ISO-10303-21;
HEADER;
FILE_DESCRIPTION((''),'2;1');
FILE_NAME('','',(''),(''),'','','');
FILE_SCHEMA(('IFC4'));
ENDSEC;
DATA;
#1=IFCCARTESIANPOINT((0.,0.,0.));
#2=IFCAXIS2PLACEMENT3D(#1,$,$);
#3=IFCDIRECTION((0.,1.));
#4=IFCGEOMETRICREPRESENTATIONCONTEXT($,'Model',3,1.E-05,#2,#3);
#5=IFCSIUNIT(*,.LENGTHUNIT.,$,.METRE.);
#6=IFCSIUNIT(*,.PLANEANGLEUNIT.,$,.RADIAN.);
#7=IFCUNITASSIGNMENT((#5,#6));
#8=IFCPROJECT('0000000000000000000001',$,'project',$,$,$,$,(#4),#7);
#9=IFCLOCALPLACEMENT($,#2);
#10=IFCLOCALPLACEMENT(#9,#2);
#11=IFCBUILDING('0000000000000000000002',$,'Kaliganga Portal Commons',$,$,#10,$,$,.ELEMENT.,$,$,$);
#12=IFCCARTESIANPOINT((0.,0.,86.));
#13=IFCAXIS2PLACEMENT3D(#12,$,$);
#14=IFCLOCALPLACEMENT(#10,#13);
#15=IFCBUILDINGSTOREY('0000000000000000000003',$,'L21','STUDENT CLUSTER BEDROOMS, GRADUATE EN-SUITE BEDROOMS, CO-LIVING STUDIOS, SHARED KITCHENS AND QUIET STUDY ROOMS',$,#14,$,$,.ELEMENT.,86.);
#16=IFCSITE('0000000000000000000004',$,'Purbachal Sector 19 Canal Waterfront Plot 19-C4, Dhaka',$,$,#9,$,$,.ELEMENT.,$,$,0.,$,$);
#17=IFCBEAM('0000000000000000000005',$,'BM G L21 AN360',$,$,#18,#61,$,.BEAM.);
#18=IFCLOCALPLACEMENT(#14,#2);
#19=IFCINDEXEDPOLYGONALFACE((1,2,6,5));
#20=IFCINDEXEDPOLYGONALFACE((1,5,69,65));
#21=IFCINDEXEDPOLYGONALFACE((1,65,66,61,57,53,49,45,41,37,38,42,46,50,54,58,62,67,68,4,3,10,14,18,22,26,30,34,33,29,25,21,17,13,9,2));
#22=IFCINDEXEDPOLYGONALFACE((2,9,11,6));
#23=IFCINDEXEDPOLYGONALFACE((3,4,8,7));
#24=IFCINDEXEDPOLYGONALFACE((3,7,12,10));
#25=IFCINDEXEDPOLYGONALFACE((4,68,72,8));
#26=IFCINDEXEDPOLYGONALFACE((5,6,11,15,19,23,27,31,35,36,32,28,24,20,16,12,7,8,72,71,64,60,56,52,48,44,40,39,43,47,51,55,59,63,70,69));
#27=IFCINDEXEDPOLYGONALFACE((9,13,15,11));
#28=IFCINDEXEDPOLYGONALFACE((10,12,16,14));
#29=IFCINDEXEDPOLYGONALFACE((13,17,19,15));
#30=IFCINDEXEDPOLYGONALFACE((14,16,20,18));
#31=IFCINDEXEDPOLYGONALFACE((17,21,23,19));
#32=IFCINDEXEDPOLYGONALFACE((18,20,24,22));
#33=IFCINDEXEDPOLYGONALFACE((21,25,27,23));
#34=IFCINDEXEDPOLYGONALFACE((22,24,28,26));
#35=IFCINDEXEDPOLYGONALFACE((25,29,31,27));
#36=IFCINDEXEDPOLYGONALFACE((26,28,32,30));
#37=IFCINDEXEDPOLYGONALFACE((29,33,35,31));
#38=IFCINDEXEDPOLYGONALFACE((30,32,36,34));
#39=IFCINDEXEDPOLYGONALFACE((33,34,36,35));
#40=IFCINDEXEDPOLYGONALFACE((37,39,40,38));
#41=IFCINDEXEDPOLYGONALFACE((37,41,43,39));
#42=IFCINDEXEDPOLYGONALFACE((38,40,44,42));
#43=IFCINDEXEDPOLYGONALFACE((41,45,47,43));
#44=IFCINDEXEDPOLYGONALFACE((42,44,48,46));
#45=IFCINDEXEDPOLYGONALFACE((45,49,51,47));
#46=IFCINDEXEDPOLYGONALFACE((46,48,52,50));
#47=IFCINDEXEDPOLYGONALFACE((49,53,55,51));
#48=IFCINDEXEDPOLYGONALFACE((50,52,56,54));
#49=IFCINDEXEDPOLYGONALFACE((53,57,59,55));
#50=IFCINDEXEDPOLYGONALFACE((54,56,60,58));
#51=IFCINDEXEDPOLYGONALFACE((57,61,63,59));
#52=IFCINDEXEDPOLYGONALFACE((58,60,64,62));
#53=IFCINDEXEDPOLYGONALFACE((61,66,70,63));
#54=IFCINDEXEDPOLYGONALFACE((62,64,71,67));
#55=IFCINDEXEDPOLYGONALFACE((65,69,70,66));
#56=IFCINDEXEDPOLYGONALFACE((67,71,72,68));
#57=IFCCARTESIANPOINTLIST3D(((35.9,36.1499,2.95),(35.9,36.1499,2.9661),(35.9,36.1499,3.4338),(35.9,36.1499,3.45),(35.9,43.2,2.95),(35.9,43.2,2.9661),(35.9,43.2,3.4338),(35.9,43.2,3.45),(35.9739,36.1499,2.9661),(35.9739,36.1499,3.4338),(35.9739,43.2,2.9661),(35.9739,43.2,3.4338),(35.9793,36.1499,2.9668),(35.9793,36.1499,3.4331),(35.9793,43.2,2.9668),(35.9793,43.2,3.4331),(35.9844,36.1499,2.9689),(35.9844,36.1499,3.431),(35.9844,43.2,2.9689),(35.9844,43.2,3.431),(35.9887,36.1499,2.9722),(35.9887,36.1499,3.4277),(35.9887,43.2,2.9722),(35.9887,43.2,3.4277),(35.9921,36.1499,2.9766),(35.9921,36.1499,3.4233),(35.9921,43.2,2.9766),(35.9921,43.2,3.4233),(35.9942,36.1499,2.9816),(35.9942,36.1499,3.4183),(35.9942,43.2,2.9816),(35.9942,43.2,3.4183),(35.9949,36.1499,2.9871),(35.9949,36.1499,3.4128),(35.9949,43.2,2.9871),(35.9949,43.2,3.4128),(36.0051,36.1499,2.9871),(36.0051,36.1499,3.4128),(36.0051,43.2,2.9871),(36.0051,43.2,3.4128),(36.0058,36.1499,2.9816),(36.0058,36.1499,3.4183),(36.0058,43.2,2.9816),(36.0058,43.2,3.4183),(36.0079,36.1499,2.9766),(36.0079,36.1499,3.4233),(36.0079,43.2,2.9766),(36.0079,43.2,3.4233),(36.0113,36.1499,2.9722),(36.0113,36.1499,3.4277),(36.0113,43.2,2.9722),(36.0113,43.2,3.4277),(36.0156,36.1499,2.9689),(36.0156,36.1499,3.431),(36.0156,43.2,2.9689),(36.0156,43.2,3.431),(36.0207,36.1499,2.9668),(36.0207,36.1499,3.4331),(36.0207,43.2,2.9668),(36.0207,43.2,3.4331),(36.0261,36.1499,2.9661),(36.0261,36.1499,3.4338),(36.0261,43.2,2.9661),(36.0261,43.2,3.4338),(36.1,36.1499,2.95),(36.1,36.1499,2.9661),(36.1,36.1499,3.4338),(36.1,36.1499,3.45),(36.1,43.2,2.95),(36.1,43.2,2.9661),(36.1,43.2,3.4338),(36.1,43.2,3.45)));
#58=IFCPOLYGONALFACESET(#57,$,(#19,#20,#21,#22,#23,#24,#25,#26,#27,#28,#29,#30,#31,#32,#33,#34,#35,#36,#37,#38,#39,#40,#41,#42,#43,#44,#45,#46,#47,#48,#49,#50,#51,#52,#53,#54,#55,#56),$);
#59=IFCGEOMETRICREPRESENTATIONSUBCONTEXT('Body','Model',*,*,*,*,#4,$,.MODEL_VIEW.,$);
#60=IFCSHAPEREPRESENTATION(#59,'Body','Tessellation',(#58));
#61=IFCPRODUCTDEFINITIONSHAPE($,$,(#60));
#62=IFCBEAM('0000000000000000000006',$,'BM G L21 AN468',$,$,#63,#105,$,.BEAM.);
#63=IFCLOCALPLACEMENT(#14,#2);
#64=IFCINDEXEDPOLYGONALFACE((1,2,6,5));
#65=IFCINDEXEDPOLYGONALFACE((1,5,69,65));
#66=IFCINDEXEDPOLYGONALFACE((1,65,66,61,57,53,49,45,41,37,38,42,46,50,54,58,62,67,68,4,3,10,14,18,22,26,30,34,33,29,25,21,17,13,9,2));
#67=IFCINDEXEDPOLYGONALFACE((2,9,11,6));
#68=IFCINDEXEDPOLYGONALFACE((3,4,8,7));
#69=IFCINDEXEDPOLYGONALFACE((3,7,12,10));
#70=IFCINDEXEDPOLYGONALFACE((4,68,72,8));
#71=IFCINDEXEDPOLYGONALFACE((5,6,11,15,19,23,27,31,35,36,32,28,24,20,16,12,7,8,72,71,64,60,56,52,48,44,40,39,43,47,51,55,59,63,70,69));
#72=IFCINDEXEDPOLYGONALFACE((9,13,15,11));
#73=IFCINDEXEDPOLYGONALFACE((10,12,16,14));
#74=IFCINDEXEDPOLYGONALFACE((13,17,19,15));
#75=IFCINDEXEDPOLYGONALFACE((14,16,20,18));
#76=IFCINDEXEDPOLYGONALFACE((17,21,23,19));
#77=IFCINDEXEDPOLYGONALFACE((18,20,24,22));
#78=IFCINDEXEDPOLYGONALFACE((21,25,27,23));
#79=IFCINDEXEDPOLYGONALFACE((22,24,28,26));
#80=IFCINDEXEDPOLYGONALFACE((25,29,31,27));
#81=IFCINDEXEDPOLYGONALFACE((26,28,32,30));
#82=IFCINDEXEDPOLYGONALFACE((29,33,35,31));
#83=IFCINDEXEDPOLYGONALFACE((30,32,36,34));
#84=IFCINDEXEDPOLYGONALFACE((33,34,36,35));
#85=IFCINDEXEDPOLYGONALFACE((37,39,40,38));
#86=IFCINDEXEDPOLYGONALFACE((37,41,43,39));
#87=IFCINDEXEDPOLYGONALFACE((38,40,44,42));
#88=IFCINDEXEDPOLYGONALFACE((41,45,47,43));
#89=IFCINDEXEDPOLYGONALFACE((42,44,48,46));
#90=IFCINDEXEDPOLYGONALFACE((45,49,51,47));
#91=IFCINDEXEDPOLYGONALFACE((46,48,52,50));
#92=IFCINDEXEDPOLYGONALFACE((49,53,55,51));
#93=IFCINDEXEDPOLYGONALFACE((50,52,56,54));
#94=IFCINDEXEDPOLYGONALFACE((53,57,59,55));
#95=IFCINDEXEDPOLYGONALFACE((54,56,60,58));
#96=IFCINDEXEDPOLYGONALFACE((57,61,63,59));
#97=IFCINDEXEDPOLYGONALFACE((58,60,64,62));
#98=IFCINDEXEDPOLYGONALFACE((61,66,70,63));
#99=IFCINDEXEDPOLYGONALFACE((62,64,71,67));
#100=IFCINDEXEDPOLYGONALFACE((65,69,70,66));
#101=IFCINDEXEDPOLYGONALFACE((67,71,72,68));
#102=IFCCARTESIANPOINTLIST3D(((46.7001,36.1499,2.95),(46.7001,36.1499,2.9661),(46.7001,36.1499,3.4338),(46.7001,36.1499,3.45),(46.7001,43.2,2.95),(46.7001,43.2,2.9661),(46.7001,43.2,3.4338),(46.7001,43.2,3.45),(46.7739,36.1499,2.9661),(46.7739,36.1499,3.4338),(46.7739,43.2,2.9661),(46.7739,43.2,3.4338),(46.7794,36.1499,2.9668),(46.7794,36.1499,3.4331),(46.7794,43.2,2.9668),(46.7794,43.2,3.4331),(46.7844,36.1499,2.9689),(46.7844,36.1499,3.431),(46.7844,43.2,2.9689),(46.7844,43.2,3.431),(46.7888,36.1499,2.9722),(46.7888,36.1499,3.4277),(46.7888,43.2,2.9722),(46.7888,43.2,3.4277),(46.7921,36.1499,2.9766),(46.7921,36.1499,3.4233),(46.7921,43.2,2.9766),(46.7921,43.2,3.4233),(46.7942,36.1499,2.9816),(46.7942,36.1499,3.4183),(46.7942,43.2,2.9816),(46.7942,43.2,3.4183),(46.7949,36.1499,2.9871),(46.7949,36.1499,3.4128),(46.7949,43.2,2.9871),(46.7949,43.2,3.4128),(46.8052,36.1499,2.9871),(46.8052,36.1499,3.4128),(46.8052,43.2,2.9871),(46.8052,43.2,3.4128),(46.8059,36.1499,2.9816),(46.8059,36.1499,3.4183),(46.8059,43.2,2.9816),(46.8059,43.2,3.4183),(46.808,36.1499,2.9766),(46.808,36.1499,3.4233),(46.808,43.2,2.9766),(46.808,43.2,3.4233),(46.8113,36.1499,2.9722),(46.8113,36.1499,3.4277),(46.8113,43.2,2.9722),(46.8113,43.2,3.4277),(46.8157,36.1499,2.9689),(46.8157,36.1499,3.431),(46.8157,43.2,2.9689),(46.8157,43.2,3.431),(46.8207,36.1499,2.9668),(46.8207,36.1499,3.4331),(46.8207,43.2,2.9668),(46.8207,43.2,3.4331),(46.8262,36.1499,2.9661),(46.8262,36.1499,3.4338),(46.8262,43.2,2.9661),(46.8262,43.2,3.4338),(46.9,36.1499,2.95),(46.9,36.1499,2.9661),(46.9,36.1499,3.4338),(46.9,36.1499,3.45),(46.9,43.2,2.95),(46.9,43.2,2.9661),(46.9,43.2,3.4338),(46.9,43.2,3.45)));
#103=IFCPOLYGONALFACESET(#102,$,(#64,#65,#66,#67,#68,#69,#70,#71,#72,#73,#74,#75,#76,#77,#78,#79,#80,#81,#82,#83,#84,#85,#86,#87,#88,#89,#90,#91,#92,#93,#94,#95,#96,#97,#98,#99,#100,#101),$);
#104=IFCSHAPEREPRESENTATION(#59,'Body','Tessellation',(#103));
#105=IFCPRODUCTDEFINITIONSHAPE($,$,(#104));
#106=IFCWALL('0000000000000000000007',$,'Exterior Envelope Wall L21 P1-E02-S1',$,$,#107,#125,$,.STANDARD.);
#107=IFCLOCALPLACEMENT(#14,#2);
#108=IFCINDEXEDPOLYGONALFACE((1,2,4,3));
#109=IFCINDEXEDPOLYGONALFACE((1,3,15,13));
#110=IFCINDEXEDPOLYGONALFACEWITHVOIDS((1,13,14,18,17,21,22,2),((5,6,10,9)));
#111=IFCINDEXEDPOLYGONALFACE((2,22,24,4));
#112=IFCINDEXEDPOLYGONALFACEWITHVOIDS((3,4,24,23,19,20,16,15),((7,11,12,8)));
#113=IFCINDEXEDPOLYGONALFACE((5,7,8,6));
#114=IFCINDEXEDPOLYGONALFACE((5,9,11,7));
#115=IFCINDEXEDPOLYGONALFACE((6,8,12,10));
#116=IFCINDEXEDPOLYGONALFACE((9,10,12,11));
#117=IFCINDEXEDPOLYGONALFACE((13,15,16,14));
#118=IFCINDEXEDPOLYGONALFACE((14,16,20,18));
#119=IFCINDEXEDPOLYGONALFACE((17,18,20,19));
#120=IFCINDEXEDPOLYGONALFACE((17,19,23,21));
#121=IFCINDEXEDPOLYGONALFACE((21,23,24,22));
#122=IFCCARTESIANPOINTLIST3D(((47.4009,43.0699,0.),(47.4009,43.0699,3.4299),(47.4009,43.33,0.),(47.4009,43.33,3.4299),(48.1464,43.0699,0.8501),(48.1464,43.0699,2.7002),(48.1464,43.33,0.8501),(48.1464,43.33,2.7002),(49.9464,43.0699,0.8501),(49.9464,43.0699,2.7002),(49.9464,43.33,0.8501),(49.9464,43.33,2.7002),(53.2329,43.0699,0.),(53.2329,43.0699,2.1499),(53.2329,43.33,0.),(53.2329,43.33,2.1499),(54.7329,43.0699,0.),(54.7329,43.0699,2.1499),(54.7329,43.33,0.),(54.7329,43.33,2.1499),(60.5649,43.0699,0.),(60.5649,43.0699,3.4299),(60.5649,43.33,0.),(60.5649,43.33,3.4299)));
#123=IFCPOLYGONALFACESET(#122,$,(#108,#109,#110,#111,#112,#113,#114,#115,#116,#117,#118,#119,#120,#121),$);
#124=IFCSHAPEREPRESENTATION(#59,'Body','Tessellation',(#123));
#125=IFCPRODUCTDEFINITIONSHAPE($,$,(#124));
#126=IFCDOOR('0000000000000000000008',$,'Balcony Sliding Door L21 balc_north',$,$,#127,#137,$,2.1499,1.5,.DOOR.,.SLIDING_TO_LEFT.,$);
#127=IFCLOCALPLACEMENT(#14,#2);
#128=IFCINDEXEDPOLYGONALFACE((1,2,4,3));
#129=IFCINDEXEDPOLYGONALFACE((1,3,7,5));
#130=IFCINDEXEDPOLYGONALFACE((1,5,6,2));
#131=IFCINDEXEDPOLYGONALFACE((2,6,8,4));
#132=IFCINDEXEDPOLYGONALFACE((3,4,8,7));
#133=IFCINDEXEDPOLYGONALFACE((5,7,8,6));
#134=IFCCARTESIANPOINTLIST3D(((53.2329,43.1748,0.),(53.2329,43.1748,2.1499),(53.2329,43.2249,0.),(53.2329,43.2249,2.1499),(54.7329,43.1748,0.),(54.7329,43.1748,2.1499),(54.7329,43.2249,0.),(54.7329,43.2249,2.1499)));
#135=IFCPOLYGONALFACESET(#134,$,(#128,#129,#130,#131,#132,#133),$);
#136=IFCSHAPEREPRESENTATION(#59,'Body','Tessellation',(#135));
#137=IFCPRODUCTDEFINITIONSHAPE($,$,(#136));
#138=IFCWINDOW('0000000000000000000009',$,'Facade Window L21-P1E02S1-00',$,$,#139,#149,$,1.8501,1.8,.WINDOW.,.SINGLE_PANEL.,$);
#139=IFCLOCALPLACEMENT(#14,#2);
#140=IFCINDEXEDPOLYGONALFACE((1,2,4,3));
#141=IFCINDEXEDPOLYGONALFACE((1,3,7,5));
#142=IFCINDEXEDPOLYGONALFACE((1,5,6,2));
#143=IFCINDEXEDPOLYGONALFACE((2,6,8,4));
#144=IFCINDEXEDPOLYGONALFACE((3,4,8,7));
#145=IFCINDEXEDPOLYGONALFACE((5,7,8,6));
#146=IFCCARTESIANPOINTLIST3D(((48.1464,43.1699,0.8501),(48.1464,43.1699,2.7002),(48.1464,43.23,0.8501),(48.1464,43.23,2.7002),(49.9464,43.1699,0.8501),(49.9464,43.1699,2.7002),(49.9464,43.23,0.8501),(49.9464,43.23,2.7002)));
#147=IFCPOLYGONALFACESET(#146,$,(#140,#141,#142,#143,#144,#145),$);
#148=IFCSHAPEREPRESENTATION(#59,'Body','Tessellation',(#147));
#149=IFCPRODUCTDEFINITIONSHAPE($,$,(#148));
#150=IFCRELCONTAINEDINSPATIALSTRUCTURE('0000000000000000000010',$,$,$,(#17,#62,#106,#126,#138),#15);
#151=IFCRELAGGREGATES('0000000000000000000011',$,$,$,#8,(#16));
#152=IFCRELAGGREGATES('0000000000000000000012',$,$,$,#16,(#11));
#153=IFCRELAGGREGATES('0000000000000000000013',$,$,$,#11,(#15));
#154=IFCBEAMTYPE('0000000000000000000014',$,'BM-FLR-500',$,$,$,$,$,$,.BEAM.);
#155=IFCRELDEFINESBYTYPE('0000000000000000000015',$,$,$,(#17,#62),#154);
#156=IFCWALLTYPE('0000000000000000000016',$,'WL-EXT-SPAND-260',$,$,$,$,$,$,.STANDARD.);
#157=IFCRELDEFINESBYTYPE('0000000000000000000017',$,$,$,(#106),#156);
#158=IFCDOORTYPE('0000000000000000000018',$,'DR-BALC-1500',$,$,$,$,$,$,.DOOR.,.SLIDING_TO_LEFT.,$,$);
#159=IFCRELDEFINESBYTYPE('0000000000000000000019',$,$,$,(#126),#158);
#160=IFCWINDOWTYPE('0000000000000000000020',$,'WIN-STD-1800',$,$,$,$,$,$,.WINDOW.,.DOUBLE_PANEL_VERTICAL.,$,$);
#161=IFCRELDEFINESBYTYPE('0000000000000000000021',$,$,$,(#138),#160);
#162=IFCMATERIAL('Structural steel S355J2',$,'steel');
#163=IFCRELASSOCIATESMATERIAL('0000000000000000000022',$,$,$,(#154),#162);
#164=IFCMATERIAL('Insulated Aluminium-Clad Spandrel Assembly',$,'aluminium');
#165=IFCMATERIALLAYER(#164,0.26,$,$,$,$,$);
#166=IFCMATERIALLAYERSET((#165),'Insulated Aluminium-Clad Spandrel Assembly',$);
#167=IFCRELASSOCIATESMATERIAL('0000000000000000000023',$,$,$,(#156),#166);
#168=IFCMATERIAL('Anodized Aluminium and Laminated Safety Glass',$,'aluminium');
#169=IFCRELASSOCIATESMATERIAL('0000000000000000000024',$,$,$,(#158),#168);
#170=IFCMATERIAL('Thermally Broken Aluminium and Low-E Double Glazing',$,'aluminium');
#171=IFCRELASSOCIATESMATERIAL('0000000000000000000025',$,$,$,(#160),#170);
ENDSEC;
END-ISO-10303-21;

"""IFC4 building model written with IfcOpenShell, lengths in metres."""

from ifc_helpers import new_model, si_unit, direction, frame, frame_2d, origin, origin_2d, place, context, subcontext, project, spatial, rectangle, i_section, extrude, source, transform, mapped, material, layer, layer_set, material_profile, profile_set, type_object, element, fill, save


model = new_model("IFC4")

# Units and contexts
model_context = context("Model", 3, precision=1e-05, world=origin(), true_north=direction((0.0, 1.0)))
body_context = subcontext(model_context, "Body", "Model", "MODEL_VIEW")
ifc_project = project(units=[si_unit("LENGTHUNIT", "METRE"), si_unit("PLANEANGLEUNIT", "RADIAN")], contexts=[model_context])

# Site, building, storey
site_placement = place(None, origin())
site = spatial("IfcSite", under=ifc_project, at=site_placement, Name="Purbachal Sector 19 Canal Waterfront Plot 19-C4, Dhaka", CompositionType="ELEMENT", RefElevation=0.0)
building_placement = place(site_placement, origin())
building = spatial("IfcBuilding", under=site, at=building_placement, Name="Kaliganga Portal Commons", CompositionType="ELEMENT")
storey_placement = place(building_placement, frame((0.0, 0.0, 86.0)))
storey = spatial("IfcBuildingStorey", under=building, at=storey_placement, Name="L21", Description="STUDENT CLUSTER BEDROOMS, GRADUATE EN-SUITE BEDROOMS, CO-LIVING STUDIOS, SHARED KITCHENS AND QUIET STUDY ROOMS", CompositionType="ELEMENT", Elevation=86.0)

# Beams
ifc_material_1 = material(Name="Structural steel S355J2", Category="steel")
ifc_material_profile_1 = material_profile(ifc_material_1, i_section(OverallWidth=0.2, OverallDepth=0.5, WebThickness=0.0103, FlangeThickness=0.0161, FilletRadius=0.021, at=origin_2d()), Name="IPE 500")
ifc_profile_set_1 = profile_set([ifc_material_profile_1], Name="Structural steel S355J2 wide-flange")
beam_type_1 = type_object("IfcBeamType", Name="BM-FLR-500", PredefinedType="BEAM", material=ifc_profile_set_1)
shared_shape_1 = source(origin(), body_context, "Body", "SweptSolid", [
    extrude(i_section(OverallWidth=0.2, OverallDepth=0.5, WebThickness=0.0103, FlangeThickness=0.0161, FilletRadius=0.021, at=origin_2d()), origin(), (0.0, 0.0, 1.0), 7.05),
])
for number, where, z_axis, x_axis, name in (
    (1, (36.0, 36.1499, 3.2), (0.0, 1.0, 0.0), (-1.0, 0.0, 0.0), "BM G L21 AN360"),
    (2, (46.8, 36.1499, 3.2), (0.0, 1.0, 0.0), (-1.0, 0.0, 0.0), "BM G L21 AN468"),
):
    element("IfcBeam", number, at=place(storey_placement, frame(where, z_axis=z_axis, x_axis=x_axis)), inside=storey, type_object=beam_type_1, Name=name, PredefinedType="BEAM", context=body_context, shape_type="MappedRepresentation", body=[
        mapped(shared_shape_1, transform((0.0, 0.0, 0.0), x_axis=(1.0, 0.0, 0.0), y_axis=(0.0, 1.0, 0.0), z_axis=(0.0, 0.0, 1.0), scale=1.0)),
    ])

# Wall, openings, door, window
ifc_material_2 = material(Name="Insulated Aluminium-Clad Spandrel Assembly", Category="aluminium")
ifc_layer_1 = layer(ifc_material_2, 0.26)
ifc_layer_set_1 = layer_set([ifc_layer_1], Name="Insulated Aluminium-Clad Spandrel Assembly")
wall_type_1 = type_object("IfcWallType", Name="WL-EXT-SPAND-260", PredefinedType="STANDARD", material=ifc_layer_set_1)
wall_1_placement = place(storey_placement, frame((47.4009, 43.2, 0.0), z_axis=(0.0, 0.0, 1.0), x_axis=(1.0, 0.0, 0.0)))
wall_1 = element("IfcWall", 3, at=wall_1_placement, inside=storey, type_object=wall_type_1, Name="Exterior Envelope Wall L21 P1-E02-S1", PredefinedType="STANDARD", context=body_context, shape_type="SweptSolid", body=[
    extrude(rectangle(XDim=13.1641, YDim=0.26, at=frame_2d((6.582, 0.0))), origin(), (0.0, 0.0, 1.0), 3.4299),
])
opening_1_placement = place(wall_1_placement, frame((5.832, 0.0, 0.0)))
opening_1 = element("IfcOpeningElement", 4, at=opening_1_placement, cuts=wall_1, PredefinedType="OPENING", context=body_context, shape_type="SweptSolid", body=[
    extrude(rectangle(XDim=1.5, YDim=2.1499, at=frame_2d((0.75, 1.075))), frame((0.0, 0.1401, 0.0), z_axis=(0.0, -1.0, 0.0), x_axis=(1.0, 0.0, 0.0)), (0.0, 0.0, 1.0), 0.28),
])
opening_2_placement = place(wall_1_placement, frame((0.7456, 0.0, 0.8501)))
opening_2 = element("IfcOpeningElement", 5, at=opening_2_placement, cuts=wall_1, PredefinedType="OPENING", context=body_context, shape_type="SweptSolid", body=[
    extrude(rectangle(XDim=1.8, YDim=1.8501, at=frame_2d((0.8999, 0.925))), frame((0.0, 0.1401, 0.0), z_axis=(0.0, -1.0, 0.0), x_axis=(1.0, 0.0, 0.0)), (0.0, 0.0, 1.0), 0.28),
])
ifc_material_3 = material(Name="Anodized Aluminium and Laminated Safety Glass", Category="aluminium")
door_type_1 = type_object("IfcDoorType", Name="DR-BALC-1500", OperationType="SLIDING_TO_LEFT", PredefinedType="DOOR", material=ifc_material_3)
door_1_placement = place(opening_1_placement, origin())
door_1 = element("IfcDoor", 6, at=door_1_placement, inside=storey, type_object=door_type_1, Name="Balcony Sliding Door L21 balc_north", OperationType="SLIDING_TO_LEFT", OverallHeight=2.1499, OverallWidth=1.5, PredefinedType="DOOR", context=body_context, shape_type="SweptSolid", body=[
    extrude(rectangle(XDim=1.5, YDim=2.1499, at=frame_2d((0.75, 1.075))), frame((0.0, 0.0249, 0.0), z_axis=(0.0, -1.0, 0.0), x_axis=(1.0, 0.0, 0.0)), (0.0, 0.0, 1.0), 0.05),
])
fill(opening_1, door_1)
ifc_material_4 = material(Name="Thermally Broken Aluminium and Low-E Double Glazing", Category="aluminium")
window_type = type_object("IfcWindowType", Name="WIN-STD-1800", PartitioningType="DOUBLE_PANEL_VERTICAL", PredefinedType="WINDOW", material=ifc_material_4)
window_1_placement = place(opening_2_placement, origin())
window_1 = element("IfcWindow", 7, at=window_1_placement, inside=storey, type_object=window_type, Name="Facade Window L21-P1E02S1-00", OverallHeight=1.8501, OverallWidth=1.8, PartitioningType="SINGLE_PANEL", PredefinedType="WINDOW", context=body_context, shape_type="SweptSolid", body=[
    extrude(rectangle(XDim=1.8, YDim=1.8501, at=frame_2d((0.8999, 0.925))), frame((0.0, 0.03, 0.0), z_axis=(0.0, -1.0, 0.0), x_axis=(1.0, 0.0, 0.0)), (0.0, 0.0, 1.0), 0.0601),
])
fill(opening_2, window_1)

save(model, "model.ifc")
